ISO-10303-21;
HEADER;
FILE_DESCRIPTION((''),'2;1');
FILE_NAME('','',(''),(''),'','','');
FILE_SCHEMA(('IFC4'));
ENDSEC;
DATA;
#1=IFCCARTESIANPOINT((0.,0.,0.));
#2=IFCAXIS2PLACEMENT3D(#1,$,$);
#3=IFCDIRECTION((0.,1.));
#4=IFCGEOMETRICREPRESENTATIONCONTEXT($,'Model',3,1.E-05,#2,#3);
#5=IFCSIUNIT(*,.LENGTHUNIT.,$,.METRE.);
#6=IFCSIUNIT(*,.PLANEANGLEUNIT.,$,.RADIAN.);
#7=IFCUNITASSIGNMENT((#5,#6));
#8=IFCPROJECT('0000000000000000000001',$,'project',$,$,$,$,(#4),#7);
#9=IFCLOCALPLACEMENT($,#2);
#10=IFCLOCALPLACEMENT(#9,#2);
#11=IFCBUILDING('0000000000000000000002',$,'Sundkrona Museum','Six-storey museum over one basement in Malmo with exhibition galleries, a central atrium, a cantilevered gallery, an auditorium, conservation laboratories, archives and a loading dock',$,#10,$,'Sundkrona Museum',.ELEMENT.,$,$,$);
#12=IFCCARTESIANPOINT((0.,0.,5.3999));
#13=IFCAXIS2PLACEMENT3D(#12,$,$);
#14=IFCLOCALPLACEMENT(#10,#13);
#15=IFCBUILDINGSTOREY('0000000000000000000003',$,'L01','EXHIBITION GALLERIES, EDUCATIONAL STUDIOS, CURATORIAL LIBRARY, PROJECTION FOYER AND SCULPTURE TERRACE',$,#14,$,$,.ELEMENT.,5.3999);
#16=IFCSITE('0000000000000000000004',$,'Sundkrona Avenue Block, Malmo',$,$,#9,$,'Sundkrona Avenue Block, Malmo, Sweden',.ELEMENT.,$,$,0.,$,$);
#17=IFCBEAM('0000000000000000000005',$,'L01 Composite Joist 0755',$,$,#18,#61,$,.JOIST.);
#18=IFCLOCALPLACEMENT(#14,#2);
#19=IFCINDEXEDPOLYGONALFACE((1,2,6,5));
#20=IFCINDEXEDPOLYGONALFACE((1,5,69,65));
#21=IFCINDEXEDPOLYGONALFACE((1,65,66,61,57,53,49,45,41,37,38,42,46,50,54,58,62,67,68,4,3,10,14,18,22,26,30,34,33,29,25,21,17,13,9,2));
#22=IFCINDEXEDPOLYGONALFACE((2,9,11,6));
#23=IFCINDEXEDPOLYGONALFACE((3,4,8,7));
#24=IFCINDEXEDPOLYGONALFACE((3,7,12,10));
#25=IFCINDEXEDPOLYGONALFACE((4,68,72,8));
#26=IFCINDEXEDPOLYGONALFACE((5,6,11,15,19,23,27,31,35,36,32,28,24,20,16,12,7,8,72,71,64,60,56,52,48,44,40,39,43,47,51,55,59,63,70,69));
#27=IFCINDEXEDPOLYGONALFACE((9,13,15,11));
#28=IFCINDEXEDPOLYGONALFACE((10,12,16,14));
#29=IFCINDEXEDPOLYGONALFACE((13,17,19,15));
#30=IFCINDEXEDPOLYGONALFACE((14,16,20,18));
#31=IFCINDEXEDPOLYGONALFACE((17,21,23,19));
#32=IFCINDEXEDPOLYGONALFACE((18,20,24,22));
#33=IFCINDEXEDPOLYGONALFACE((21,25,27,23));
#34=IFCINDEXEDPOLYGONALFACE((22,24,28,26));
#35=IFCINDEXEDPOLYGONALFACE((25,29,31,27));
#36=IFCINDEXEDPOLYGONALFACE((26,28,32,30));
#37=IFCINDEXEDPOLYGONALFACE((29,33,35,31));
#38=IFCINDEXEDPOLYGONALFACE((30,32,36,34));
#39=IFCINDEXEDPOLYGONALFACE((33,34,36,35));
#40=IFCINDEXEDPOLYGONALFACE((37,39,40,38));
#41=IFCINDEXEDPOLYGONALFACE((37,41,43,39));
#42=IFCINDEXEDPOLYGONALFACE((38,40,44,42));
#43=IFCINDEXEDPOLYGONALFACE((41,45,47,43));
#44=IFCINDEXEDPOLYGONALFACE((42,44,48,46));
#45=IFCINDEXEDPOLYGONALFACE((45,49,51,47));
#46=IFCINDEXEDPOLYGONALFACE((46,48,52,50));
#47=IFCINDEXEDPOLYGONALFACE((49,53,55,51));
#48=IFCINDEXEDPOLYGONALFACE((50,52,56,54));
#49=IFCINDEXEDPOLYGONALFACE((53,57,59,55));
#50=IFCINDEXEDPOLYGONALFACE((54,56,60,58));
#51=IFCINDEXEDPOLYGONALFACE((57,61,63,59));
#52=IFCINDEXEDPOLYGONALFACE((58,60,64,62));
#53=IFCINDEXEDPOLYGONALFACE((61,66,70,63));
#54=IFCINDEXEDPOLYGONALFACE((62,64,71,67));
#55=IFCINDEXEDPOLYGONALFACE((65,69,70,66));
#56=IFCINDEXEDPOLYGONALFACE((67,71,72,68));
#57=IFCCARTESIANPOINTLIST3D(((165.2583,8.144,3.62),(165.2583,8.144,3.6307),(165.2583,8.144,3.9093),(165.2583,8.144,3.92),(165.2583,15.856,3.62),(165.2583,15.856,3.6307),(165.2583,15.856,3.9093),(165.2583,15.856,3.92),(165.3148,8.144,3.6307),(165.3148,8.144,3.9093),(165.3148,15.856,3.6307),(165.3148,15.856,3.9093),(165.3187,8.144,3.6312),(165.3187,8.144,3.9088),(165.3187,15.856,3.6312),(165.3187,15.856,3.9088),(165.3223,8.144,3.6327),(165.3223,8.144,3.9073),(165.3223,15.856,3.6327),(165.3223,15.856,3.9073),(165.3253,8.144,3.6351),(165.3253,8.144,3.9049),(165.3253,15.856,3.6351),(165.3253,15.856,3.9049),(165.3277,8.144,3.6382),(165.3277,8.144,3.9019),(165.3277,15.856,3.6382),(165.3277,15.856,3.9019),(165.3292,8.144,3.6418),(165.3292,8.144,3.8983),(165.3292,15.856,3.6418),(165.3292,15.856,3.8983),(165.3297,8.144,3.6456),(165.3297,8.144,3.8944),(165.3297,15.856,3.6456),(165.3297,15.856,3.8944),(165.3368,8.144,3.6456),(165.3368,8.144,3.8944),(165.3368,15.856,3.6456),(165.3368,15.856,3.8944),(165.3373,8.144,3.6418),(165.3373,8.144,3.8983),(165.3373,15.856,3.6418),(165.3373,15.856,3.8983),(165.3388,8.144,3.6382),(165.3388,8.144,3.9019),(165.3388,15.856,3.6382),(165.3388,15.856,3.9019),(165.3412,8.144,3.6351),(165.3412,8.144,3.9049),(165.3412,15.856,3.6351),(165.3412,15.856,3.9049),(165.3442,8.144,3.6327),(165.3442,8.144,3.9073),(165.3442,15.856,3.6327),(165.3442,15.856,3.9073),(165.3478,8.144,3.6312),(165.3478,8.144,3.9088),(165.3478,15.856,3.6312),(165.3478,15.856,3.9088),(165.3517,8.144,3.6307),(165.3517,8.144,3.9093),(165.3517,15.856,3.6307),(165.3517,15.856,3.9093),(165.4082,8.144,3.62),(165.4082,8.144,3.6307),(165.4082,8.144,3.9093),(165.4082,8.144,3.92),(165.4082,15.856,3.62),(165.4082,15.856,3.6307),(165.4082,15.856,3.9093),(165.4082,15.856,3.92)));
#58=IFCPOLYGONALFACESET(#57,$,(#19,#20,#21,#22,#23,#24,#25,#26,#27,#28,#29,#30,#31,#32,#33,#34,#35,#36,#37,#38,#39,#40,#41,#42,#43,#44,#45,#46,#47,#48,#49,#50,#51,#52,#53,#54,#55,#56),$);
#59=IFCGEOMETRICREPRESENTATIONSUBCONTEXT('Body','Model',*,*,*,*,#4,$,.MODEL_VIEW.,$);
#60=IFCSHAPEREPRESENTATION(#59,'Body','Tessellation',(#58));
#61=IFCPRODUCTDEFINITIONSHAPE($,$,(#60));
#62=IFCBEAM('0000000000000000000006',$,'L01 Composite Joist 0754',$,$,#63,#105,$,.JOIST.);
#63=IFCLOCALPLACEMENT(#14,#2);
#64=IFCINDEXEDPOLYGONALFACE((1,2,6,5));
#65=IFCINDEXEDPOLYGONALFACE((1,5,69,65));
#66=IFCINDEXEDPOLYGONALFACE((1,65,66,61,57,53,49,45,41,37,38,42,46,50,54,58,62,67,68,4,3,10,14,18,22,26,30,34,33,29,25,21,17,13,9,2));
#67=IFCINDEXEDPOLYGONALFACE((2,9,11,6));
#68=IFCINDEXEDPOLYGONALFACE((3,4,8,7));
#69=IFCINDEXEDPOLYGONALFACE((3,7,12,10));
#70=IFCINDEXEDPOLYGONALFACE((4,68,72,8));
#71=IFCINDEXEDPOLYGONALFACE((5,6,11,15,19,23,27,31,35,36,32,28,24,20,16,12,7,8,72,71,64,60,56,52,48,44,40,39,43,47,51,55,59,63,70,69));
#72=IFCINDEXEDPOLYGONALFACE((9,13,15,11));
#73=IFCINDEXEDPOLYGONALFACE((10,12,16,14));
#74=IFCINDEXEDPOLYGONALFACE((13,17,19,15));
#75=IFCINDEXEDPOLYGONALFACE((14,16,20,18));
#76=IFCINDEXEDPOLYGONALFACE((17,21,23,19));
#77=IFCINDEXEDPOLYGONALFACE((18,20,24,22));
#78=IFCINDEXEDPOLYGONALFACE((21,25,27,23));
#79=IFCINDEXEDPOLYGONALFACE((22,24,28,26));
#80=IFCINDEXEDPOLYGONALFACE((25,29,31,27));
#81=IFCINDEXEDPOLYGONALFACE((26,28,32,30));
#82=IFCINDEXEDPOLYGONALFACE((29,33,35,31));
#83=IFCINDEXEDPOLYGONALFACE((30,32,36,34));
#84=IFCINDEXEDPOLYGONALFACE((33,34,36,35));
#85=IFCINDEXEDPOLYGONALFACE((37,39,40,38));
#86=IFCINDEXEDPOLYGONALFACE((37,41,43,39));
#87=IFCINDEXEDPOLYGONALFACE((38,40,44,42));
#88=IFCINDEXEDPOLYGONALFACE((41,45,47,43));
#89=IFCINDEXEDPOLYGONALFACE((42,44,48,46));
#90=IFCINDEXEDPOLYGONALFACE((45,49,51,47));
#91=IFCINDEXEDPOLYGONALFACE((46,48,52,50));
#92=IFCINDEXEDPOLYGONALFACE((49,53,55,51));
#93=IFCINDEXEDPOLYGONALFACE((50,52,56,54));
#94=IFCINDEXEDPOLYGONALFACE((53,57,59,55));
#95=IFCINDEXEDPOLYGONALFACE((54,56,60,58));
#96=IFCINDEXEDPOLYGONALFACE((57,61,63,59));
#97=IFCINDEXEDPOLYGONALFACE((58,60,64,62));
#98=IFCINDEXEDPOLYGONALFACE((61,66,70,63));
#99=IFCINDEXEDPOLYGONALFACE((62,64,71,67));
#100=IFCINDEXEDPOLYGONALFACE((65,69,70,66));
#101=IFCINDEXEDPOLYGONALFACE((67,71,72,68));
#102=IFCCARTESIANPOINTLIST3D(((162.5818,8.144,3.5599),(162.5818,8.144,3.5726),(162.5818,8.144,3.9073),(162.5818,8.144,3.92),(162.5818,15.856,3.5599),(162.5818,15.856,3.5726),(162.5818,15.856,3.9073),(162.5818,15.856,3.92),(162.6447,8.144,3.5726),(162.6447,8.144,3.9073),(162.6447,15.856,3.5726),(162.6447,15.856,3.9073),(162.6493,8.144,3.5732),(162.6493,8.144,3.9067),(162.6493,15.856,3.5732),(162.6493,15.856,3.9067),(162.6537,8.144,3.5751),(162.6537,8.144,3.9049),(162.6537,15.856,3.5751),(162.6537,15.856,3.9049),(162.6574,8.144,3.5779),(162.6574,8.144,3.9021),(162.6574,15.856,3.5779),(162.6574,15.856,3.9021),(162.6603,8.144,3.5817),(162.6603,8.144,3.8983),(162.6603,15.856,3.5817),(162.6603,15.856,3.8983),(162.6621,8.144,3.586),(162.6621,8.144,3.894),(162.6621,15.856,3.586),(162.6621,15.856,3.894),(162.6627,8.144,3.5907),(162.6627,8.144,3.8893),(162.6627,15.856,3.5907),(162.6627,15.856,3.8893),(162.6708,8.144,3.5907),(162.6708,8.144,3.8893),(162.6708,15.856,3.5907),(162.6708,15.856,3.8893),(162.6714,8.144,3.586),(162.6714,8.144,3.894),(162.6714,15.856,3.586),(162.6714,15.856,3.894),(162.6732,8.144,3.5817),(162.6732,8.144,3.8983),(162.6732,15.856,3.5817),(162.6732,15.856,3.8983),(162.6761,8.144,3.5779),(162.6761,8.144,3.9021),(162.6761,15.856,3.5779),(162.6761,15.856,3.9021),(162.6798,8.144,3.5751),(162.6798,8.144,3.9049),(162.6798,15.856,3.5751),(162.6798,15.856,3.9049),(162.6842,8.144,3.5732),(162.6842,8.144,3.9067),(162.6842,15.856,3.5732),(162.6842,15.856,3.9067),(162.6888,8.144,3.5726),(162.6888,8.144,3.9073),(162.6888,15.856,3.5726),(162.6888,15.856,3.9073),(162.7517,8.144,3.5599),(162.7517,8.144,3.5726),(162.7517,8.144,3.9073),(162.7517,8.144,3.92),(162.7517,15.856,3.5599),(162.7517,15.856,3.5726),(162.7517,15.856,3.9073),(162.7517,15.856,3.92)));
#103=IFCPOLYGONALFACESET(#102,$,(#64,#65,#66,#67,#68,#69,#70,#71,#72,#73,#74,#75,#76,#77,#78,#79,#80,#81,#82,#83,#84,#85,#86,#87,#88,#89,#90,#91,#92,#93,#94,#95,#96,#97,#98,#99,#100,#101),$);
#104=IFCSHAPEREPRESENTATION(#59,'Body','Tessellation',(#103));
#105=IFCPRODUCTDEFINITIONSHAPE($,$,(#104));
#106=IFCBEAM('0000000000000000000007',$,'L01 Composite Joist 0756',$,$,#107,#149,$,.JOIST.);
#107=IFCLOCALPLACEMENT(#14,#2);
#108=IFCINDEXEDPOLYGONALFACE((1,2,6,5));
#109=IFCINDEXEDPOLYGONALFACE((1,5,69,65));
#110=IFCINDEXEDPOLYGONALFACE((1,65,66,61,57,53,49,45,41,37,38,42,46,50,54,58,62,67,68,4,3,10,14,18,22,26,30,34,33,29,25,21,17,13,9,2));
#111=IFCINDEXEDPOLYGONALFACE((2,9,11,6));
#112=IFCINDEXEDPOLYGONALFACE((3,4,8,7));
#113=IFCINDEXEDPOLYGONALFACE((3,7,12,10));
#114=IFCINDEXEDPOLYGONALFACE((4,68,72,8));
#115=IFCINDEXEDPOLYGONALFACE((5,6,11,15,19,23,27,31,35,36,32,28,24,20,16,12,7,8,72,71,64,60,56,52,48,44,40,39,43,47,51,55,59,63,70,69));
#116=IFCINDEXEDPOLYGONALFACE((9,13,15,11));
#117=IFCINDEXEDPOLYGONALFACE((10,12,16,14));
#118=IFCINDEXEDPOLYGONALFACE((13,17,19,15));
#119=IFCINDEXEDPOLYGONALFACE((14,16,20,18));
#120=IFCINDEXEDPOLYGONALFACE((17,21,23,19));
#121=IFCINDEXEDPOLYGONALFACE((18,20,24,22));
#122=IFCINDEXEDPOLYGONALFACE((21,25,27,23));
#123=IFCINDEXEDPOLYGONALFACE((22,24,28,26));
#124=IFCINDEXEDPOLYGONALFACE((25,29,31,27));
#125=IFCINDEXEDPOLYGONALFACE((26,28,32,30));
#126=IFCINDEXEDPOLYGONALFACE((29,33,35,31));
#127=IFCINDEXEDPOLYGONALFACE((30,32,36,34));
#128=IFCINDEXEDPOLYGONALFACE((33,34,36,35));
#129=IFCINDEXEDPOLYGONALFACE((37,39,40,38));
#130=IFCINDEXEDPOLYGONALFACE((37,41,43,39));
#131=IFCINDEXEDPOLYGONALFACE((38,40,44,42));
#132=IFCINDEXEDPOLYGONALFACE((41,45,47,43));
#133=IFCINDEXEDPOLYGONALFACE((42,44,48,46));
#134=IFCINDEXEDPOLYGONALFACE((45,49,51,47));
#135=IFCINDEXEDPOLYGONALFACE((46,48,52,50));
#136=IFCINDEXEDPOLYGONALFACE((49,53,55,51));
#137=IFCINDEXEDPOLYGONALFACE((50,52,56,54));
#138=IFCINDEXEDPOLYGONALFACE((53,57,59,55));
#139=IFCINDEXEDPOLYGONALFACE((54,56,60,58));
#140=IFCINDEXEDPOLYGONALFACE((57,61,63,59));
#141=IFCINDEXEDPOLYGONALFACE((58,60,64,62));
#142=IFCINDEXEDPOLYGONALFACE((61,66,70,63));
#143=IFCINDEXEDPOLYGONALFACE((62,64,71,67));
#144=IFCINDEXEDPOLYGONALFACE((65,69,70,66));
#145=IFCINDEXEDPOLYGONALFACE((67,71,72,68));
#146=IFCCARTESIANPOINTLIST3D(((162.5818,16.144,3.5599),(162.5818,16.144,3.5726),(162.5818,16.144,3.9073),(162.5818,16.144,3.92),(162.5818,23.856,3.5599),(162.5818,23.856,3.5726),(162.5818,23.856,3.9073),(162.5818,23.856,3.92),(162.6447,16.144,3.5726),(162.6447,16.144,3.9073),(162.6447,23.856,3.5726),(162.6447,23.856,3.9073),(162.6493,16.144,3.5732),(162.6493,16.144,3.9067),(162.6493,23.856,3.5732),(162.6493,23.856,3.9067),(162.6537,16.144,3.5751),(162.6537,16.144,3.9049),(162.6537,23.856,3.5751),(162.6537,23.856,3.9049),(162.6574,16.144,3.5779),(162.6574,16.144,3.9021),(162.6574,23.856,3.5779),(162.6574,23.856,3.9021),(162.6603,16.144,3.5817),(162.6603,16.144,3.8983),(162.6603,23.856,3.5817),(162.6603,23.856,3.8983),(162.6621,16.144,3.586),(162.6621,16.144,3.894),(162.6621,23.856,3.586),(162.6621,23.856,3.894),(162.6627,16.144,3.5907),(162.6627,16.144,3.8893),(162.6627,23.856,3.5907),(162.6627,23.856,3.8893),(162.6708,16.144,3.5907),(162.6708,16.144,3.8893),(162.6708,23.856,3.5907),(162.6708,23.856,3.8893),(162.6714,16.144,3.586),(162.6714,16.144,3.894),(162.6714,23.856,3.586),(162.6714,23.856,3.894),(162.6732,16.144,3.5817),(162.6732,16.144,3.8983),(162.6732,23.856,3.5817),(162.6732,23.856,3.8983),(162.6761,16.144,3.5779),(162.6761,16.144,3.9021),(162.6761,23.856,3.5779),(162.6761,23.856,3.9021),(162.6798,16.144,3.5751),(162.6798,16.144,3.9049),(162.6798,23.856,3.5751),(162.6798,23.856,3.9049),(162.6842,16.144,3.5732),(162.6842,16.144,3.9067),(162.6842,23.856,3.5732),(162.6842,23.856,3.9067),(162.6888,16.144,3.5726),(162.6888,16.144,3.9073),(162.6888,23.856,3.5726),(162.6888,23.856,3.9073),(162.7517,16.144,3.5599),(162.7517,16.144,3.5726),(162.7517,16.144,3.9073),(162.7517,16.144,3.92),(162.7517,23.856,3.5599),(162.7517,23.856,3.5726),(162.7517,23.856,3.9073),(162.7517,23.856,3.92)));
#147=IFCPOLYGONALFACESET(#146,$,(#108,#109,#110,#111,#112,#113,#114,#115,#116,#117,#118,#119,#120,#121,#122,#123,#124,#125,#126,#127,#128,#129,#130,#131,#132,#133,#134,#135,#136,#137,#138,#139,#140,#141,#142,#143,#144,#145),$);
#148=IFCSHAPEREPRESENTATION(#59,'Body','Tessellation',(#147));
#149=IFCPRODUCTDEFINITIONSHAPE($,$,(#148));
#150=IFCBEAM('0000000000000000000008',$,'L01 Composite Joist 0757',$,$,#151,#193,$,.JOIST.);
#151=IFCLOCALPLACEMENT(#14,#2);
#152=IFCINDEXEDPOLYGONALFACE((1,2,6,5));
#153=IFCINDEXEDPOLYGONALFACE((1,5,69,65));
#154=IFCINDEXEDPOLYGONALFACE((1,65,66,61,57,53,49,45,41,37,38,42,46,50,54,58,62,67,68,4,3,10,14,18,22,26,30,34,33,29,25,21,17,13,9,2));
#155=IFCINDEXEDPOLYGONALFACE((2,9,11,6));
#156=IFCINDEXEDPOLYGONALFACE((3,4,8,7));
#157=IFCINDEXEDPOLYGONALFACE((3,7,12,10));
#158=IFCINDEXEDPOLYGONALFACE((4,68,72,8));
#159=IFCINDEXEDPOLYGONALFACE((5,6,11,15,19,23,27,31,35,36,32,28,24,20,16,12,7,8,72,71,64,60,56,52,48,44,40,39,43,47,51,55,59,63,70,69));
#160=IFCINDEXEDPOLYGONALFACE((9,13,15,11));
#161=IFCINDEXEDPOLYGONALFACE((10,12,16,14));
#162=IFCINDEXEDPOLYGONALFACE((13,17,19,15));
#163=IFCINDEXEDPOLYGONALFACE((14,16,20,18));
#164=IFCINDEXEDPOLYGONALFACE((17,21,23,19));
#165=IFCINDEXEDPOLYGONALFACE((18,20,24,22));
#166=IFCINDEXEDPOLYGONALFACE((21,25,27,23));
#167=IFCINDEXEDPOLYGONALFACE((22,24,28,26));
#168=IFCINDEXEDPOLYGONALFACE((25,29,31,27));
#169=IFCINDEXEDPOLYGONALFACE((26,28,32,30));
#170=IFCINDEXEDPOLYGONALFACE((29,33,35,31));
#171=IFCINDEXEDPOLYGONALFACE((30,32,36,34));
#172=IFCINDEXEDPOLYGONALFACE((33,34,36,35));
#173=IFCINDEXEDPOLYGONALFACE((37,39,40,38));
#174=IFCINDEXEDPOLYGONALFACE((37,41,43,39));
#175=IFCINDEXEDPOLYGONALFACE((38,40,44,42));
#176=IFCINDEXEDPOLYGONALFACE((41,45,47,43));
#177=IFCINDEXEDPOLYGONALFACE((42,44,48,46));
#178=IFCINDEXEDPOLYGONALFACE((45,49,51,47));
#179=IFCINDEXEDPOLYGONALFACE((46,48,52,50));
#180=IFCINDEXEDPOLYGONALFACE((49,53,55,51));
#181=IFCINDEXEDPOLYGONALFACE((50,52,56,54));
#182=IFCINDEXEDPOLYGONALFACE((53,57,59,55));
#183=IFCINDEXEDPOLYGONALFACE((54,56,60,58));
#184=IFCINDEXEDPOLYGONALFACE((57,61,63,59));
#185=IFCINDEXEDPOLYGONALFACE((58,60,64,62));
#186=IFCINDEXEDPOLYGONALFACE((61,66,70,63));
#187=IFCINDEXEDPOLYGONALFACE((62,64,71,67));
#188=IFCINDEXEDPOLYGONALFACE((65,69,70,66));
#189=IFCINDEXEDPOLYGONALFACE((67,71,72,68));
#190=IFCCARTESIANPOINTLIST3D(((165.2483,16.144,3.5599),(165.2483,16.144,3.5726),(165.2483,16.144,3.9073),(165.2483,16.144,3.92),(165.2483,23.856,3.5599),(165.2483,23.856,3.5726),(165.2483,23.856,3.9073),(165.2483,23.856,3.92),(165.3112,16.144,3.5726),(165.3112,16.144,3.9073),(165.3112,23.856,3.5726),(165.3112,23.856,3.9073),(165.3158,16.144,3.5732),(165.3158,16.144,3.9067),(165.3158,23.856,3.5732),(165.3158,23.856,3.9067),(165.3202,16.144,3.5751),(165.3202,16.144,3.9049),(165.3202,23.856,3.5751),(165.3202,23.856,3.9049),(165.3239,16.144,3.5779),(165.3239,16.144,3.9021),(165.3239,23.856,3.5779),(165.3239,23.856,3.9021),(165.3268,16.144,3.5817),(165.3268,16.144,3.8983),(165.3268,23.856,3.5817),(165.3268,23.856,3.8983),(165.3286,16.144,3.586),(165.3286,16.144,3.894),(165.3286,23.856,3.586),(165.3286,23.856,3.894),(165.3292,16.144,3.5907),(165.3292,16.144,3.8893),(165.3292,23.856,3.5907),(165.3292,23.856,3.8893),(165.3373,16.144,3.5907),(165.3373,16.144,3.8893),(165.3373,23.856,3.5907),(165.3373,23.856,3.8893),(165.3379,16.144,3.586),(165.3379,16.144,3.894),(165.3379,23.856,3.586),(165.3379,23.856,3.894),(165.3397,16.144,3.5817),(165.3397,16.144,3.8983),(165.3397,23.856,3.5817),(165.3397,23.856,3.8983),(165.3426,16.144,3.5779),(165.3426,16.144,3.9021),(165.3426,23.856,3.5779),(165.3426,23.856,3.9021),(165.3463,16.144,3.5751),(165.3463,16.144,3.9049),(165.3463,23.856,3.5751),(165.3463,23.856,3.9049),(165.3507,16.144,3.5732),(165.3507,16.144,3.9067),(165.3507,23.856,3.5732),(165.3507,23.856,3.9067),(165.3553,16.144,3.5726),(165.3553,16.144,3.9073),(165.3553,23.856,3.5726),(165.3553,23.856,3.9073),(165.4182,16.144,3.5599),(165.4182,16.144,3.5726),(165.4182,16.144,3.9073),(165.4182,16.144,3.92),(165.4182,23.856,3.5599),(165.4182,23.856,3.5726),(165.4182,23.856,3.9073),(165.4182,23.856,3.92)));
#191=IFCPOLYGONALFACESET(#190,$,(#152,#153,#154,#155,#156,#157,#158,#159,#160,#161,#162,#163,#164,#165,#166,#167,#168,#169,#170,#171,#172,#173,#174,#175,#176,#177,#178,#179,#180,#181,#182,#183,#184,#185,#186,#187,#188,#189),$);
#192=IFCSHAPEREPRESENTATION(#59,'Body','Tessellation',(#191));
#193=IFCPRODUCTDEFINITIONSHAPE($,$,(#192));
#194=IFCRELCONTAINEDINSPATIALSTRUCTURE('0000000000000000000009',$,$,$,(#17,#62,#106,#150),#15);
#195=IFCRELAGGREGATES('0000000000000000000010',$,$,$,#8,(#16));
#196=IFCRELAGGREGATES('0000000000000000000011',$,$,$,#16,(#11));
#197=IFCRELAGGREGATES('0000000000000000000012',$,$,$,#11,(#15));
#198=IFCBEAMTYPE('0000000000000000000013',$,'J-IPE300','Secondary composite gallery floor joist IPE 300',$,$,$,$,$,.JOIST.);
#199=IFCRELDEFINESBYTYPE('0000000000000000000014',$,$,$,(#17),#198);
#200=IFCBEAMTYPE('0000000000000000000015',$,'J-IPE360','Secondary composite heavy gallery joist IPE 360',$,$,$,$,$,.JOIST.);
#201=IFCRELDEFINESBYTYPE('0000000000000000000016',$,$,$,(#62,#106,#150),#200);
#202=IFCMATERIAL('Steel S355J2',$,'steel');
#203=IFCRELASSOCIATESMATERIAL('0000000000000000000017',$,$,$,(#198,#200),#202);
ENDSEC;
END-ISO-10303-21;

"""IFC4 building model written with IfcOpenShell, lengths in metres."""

from ifc_helpers import new_model, si_unit, direction, frame, origin, origin_2d, place, context, subcontext, project, spatial, i_section, extrude, material, material_profile, profile_set, type_object, element, save


model = new_model("IFC4")

# Units and contexts
model_context = context("Model", 3, precision=1e-05, world=origin(), true_north=direction((0.0, 1.0)))
body_context = subcontext(model_context, "Body", "Model", "MODEL_VIEW")
ifc_project = project(units=[si_unit("LENGTHUNIT", "METRE"), si_unit("PLANEANGLEUNIT", "RADIAN")], contexts=[model_context])

# Site, building, storey
site_placement = place(None, origin())
site = spatial("IfcSite", under=ifc_project, at=site_placement, Name="Sundkrona Avenue Block, Malmo", LongName="Sundkrona Avenue Block, Malmo, Sweden", CompositionType="ELEMENT", RefElevation=0.0)
building_placement = place(site_placement, origin())
building = spatial("IfcBuilding", under=site, at=building_placement, Name="Sundkrona Museum", Description="Six-storey museum over one basement in Malmo with exhibition galleries, a central atrium, a cantilevered gallery, an auditorium, conservation laboratories, archives and a loading dock", LongName="Sundkrona Museum", CompositionType="ELEMENT")
storey_placement = place(building_placement, frame((0.0, 0.0, 5.3999)))
storey = spatial("IfcBuildingStorey", under=building, at=storey_placement, Name="L01", Description="EXHIBITION GALLERIES, EDUCATIONAL STUDIOS, CURATORIAL LIBRARY, PROJECTION FOYER AND SCULPTURE TERRACE", CompositionType="ELEMENT", Elevation=5.3999)

# Shared definitions
ifc_material_1 = material(Name="Steel S355J2", Category="steel")

# Beams
ifc_material_profile_1 = material_profile(ifc_material_1, i_section(OverallWidth=0.1499, OverallDepth=0.3, WebThickness=0.0071, FlangeThickness=0.0107, FilletRadius=0.0149, at=origin_2d()), Name="IPE 300")
ifc_profile_set_1 = profile_set([ifc_material_profile_1], Name="Steel S355J2")
beam_type_1 = type_object("IfcBeamType", Name="J-IPE300", Description="Secondary composite gallery floor joist IPE 300", PredefinedType="JOIST", material=ifc_profile_set_1)
beam_placement = place(storey_placement, frame((165.3333, 8.144, 3.77), z_axis=(0.0, 1.0, 0.0), x_axis=(-1.0, 0.0, 0.0)))
element("IfcBeam", 1, at=beam_placement, inside=storey, type_object=beam_type_1, Name="L01 Composite Joist 0755", PredefinedType="JOIST", context=body_context, shape_type="SweptSolid", body=[
    extrude(i_section(OverallWidth=0.1499, OverallDepth=0.3, WebThickness=0.0071, FlangeThickness=0.0107, FilletRadius=0.0149, at=origin_2d()), origin(), (0.0, 0.0, 1.0), 7.7119),
])
ifc_material_profile_2 = material_profile(ifc_material_1, i_section(OverallWidth=0.1699, OverallDepth=0.3601, WebThickness=0.0081, FlangeThickness=0.0127, FilletRadius=0.0181, at=origin_2d()), Name="IPE 360")
ifc_profile_set_2 = profile_set([ifc_material_profile_2], Name="Steel S355J2")
beam_type_2 = type_object("IfcBeamType", Name="J-IPE360", Description="Secondary composite heavy gallery joist IPE 360", PredefinedType="JOIST", material=ifc_profile_set_2)
for number, where, z_axis, x_axis, name in (
    (2, (162.6667, 8.144, 3.74), (0.0, 1.0, 0.0), (-1.0, 0.0, 0.0), "L01 Composite Joist 0754"),
    (3, (162.6667, 16.144, 3.74), (0.0, 1.0, 0.0), (-1.0, 0.0, 0.0), "L01 Composite Joist 0756"),
    (4, (165.3333, 16.144, 3.74), (0.0, 1.0, 0.0), (-1.0, 0.0, 0.0), "L01 Composite Joist 0757"),
):
    element("IfcBeam", number, at=place(storey_placement, frame(where, z_axis=z_axis, x_axis=x_axis)), inside=storey, type_object=beam_type_2, Name=name, PredefinedType="JOIST", context=body_context, shape_type="SweptSolid", body=[
        extrude(i_section(OverallWidth=0.1699, OverallDepth=0.3601, WebThickness=0.0081, FlangeThickness=0.0127, FilletRadius=0.0181, at=origin_2d()), origin(), (0.0, 0.0, 1.0), 7.7119),
    ])

save(model, "model.ifc")
